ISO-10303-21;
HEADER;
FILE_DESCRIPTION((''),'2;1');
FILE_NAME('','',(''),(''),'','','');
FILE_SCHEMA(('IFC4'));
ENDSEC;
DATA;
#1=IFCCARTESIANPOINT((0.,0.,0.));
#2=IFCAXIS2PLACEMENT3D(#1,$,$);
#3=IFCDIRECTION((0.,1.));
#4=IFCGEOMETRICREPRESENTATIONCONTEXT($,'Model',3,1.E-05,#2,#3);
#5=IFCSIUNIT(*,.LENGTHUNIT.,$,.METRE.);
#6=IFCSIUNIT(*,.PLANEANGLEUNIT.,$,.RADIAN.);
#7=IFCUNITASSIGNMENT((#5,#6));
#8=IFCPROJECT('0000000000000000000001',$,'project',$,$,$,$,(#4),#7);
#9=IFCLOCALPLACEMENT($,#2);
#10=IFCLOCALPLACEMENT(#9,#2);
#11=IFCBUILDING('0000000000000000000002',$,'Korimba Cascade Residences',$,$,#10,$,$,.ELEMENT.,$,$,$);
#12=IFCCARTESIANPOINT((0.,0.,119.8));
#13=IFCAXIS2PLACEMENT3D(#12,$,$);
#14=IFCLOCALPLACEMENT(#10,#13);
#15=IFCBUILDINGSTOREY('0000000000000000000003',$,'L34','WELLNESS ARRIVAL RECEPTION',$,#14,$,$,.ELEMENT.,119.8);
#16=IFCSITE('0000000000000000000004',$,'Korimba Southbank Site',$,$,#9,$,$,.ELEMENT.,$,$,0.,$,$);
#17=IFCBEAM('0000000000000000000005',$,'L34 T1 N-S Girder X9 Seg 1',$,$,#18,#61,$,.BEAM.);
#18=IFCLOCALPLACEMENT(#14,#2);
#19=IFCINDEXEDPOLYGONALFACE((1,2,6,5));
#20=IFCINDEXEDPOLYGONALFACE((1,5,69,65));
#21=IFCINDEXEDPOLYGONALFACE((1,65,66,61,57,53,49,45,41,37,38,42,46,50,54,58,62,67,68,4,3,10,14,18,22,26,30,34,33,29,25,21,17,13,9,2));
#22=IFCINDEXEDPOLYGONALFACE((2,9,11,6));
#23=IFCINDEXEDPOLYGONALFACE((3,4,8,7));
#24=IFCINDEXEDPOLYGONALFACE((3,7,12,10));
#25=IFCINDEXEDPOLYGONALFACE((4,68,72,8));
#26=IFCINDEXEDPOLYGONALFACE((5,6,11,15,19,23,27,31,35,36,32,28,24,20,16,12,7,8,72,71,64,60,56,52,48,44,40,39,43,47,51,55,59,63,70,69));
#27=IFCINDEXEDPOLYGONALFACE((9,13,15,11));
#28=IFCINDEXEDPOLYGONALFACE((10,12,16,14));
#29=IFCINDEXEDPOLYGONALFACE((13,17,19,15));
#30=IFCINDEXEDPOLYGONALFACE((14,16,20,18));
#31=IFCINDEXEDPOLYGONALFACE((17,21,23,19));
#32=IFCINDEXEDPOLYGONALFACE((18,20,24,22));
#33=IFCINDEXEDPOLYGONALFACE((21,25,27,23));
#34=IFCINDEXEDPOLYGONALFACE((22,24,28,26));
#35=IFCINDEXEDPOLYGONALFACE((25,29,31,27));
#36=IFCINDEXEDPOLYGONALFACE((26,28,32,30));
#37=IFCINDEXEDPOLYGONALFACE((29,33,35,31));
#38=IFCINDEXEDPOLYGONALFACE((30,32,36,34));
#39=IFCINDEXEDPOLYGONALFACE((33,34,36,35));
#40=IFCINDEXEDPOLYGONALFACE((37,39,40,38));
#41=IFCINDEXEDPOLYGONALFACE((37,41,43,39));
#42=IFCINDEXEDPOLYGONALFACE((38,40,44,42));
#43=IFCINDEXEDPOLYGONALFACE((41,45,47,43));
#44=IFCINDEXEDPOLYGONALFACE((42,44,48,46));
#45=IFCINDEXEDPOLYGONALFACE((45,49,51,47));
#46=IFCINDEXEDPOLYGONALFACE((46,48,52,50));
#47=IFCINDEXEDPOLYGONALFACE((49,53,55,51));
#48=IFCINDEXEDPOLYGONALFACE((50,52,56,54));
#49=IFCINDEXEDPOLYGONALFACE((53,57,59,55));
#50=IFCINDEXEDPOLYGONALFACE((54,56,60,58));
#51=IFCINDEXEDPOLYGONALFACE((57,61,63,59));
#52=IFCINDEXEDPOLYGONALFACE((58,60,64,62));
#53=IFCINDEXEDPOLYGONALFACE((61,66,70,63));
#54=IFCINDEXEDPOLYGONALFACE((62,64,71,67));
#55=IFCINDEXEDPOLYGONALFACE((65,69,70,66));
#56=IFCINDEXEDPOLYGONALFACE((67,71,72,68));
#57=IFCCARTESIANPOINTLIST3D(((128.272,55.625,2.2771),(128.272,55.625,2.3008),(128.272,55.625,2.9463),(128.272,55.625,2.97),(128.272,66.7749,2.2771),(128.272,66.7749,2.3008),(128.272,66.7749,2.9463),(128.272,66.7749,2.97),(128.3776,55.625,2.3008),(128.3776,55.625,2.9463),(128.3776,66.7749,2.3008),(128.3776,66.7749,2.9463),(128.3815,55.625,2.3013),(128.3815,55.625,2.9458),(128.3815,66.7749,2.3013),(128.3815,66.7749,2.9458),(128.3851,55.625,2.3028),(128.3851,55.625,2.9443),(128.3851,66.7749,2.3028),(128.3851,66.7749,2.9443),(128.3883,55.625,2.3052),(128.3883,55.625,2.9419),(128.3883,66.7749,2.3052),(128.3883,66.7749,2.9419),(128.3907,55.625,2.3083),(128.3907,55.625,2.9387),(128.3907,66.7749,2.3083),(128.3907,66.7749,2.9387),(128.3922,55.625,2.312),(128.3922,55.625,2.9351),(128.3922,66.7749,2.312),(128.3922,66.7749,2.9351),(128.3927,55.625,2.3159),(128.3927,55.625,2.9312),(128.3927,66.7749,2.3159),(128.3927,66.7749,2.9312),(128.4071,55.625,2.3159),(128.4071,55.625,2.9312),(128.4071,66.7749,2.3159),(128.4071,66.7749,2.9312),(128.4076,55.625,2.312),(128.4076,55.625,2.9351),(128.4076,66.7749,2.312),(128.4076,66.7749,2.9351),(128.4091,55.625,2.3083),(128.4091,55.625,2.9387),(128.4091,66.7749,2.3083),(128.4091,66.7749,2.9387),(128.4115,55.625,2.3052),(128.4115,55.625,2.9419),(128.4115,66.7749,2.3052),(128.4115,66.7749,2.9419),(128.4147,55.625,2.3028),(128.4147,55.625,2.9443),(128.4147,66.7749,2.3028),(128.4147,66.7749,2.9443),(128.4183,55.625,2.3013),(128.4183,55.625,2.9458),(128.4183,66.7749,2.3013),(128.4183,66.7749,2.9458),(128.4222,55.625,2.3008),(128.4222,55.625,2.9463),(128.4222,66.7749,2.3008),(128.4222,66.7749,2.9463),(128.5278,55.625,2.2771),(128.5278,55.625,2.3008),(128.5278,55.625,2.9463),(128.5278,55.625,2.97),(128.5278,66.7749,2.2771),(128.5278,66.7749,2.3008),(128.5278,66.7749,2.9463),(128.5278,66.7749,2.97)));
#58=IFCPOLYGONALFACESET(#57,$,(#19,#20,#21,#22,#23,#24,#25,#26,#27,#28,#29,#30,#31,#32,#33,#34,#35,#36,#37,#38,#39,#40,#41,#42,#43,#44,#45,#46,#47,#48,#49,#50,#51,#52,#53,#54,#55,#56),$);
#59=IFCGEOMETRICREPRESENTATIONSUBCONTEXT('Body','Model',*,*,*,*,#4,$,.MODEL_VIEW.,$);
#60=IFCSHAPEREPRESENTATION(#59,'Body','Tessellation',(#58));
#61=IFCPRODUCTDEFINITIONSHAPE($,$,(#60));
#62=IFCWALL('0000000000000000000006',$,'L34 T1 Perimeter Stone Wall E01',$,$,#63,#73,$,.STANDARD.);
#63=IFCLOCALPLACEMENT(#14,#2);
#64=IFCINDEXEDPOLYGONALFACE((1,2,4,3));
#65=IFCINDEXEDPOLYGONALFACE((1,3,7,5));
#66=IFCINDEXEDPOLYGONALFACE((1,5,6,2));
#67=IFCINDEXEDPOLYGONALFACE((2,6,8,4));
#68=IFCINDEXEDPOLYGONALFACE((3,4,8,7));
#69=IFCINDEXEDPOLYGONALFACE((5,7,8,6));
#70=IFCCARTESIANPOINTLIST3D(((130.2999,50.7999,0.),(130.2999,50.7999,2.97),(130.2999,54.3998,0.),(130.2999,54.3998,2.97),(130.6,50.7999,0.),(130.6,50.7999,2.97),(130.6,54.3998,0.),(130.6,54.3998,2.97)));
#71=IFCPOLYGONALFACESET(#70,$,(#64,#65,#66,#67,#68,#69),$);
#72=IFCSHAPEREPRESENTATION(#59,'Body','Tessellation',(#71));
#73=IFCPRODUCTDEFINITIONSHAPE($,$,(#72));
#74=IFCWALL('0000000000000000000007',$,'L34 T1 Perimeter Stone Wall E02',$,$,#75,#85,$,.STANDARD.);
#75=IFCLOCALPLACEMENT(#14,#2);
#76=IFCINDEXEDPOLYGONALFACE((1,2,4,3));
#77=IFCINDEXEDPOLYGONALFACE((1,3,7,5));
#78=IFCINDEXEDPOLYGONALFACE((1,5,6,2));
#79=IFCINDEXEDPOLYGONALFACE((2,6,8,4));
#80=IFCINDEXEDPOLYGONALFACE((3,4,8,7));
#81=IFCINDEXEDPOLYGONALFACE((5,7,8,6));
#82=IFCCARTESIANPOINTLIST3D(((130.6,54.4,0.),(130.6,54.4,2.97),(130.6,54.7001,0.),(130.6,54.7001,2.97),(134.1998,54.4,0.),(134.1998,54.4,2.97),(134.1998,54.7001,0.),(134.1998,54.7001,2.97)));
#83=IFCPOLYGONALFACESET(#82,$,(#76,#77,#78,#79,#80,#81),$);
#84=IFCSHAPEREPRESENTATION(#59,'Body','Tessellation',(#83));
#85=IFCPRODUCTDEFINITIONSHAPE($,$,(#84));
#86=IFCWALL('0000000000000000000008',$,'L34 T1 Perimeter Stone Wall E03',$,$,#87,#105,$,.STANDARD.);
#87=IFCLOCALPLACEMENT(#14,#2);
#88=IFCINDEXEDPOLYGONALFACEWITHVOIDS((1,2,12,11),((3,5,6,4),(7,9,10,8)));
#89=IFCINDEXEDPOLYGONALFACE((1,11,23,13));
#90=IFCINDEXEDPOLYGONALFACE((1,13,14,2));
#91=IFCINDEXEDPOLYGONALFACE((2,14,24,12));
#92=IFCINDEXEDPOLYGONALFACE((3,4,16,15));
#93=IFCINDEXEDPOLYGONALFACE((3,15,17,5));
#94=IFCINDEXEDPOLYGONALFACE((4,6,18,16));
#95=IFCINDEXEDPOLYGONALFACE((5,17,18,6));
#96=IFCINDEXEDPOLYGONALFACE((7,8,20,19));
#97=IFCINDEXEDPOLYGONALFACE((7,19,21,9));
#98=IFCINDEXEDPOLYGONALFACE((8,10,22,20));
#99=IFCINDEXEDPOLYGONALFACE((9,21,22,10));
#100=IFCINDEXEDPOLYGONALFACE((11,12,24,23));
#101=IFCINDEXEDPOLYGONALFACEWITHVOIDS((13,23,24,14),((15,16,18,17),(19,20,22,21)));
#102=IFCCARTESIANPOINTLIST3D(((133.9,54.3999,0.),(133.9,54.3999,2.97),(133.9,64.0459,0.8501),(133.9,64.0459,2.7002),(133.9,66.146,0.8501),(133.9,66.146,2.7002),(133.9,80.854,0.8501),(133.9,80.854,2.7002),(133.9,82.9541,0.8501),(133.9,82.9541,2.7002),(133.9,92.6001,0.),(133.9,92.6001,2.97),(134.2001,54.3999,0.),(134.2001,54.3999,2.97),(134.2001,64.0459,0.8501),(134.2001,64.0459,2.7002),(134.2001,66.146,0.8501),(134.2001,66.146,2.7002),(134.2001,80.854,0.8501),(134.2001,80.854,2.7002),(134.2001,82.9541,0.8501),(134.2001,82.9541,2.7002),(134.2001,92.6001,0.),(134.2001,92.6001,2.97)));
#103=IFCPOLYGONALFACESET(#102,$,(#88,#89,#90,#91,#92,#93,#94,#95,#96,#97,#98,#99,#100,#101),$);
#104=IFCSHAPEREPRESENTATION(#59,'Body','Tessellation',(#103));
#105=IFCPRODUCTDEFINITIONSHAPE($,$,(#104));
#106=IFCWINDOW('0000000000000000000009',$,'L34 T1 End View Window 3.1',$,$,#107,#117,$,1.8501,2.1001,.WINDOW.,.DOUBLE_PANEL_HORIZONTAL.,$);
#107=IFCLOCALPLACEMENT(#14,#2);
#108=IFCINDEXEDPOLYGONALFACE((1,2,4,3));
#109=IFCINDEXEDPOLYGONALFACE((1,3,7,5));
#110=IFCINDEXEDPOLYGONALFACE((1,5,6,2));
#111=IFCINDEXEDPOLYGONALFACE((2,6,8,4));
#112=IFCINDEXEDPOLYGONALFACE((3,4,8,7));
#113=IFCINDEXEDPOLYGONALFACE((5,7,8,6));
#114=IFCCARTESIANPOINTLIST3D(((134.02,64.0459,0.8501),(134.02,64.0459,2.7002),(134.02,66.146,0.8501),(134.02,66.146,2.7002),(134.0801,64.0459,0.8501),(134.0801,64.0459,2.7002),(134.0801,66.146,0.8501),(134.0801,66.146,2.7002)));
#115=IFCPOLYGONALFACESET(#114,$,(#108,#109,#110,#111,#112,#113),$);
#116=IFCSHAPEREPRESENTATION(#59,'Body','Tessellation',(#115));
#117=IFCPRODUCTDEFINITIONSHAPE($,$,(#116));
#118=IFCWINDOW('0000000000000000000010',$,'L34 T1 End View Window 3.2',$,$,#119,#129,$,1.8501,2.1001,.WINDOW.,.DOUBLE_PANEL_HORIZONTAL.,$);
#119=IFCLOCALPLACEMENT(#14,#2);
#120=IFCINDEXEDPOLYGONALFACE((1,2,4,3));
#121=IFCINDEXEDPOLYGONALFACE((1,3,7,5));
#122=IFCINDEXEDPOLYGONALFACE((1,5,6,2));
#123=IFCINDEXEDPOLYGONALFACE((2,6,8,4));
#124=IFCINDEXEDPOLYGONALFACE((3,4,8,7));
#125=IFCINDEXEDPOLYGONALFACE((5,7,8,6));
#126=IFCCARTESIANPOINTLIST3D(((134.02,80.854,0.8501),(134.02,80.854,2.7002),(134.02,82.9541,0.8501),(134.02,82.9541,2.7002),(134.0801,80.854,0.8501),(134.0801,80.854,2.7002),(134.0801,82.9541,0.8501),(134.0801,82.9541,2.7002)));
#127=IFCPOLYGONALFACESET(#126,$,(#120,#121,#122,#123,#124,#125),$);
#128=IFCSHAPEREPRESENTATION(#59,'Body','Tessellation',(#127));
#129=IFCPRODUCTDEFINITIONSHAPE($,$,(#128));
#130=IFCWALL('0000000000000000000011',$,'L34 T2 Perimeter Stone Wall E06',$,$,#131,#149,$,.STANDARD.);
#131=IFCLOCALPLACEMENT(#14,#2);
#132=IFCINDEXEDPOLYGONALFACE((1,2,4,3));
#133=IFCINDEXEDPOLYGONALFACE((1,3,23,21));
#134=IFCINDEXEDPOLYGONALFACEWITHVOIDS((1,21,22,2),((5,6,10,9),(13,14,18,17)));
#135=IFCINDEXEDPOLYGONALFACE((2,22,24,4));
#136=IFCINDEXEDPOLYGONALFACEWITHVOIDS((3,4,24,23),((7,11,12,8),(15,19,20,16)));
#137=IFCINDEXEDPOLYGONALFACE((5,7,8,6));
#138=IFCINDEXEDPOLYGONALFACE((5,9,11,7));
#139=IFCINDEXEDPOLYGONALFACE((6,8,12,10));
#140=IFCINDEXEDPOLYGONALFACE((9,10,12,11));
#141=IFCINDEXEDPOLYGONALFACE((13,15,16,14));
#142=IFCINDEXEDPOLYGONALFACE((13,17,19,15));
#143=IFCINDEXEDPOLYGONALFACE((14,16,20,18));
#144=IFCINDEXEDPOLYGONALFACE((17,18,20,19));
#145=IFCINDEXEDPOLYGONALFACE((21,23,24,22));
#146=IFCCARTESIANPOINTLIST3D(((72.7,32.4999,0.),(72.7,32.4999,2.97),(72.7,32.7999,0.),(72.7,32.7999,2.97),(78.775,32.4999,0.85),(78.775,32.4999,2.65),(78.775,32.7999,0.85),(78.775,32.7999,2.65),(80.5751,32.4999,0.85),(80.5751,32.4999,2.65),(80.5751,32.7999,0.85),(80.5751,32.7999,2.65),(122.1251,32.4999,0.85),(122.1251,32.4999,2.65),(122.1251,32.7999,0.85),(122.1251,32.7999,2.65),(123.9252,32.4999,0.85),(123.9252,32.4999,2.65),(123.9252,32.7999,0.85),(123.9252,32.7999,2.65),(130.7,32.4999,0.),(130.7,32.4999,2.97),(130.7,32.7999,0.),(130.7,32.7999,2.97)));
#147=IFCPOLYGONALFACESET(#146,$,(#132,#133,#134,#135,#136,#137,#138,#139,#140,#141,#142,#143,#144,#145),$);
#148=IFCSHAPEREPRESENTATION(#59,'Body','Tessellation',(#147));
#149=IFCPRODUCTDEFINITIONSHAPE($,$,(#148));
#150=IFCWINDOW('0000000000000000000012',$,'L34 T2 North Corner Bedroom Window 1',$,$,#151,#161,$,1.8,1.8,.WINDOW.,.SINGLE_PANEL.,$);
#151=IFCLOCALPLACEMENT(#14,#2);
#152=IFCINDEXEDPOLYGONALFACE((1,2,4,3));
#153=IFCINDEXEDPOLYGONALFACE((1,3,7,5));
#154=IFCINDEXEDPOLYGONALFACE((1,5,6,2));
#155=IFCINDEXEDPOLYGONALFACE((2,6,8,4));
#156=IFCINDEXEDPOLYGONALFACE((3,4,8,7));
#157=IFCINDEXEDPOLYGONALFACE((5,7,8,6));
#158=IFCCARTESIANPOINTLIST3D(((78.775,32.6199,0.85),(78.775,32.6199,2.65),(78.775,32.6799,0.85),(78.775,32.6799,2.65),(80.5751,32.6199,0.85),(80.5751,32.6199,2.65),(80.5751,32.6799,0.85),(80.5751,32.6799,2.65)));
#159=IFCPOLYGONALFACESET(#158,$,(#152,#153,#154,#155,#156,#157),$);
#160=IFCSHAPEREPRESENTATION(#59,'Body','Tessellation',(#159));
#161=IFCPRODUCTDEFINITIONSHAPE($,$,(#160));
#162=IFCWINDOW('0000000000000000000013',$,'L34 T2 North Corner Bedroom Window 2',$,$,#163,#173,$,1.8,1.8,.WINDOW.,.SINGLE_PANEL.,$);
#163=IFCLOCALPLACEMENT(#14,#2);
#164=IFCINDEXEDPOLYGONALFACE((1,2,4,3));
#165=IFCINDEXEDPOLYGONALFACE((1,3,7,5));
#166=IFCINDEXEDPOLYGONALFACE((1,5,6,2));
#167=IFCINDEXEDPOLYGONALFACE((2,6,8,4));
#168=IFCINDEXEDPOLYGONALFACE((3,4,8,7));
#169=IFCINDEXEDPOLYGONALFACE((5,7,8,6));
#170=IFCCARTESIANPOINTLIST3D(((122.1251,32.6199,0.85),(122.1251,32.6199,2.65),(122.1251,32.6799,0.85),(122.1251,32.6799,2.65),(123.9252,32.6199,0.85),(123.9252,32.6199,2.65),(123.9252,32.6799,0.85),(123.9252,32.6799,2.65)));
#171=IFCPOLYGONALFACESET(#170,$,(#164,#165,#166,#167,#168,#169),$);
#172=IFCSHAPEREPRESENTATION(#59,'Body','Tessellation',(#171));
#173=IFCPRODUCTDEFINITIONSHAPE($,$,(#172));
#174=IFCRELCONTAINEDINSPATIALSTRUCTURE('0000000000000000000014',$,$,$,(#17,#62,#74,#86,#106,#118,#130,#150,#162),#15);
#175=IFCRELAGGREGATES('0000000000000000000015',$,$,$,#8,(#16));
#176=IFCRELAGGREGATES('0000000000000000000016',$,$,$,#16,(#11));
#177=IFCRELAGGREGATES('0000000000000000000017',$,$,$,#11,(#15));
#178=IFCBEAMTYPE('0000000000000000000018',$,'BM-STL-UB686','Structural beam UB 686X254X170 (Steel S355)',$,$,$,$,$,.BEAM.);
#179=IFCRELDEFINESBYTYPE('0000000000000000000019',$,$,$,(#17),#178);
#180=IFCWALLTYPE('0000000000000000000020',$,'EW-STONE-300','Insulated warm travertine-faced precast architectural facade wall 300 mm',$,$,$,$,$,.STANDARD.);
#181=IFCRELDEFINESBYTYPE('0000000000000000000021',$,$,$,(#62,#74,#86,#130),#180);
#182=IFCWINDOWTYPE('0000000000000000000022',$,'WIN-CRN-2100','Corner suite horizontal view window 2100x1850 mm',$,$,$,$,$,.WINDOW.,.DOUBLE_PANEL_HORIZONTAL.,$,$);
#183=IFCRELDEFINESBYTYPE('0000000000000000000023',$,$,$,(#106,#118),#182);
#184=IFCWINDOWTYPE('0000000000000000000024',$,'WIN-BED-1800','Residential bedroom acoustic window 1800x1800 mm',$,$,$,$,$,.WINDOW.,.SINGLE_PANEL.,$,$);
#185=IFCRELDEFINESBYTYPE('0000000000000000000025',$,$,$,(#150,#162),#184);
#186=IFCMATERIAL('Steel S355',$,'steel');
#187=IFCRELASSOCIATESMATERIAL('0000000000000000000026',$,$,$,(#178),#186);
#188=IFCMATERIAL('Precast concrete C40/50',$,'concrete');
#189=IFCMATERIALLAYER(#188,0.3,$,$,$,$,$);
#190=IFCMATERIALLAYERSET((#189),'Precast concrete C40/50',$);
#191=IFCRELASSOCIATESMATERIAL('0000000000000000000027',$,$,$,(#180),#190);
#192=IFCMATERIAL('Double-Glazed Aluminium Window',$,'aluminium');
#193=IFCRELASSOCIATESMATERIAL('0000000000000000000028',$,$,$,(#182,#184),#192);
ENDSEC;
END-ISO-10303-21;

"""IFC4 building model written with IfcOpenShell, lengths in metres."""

from ifc_helpers import new_model, si_unit, direction, frame, frame_2d, origin, origin_2d, place, context, subcontext, project, spatial, rectangle, i_section, extrude, material, layer, layer_set, material_profile, profile_set, type_object, element, fill, save


model = new_model("IFC4")

# Units and contexts
model_context = context("Model", 3, precision=1e-05, world=origin(), true_north=direction((0.0, 1.0)))
body_context = subcontext(model_context, "Body", "Model", "MODEL_VIEW")
ifc_project = project(units=[si_unit("LENGTHUNIT", "METRE"), si_unit("PLANEANGLEUNIT", "RADIAN")], contexts=[model_context])

# Site, building, storey
site_placement = place(None, origin())
site = spatial("IfcSite", under=ifc_project, at=site_placement, Name="Korimba Southbank Site", CompositionType="ELEMENT", RefElevation=0.0)
building_placement = place(site_placement, origin())
building = spatial("IfcBuilding", under=site, at=building_placement, Name="Korimba Cascade Residences", CompositionType="ELEMENT")
storey_placement = place(building_placement, frame((0.0, 0.0, 119.8)))
storey = spatial("IfcBuildingStorey", under=building, at=storey_placement, Name="L34", Description="WELLNESS ARRIVAL RECEPTION", CompositionType="ELEMENT", Elevation=119.8)

# Beam
ifc_material_1 = material(Name="Steel S355", Category="steel")
ifc_material_profile_1 = material_profile(ifc_material_1, i_section(OverallWidth=0.2559, OverallDepth=0.6929, WebThickness=0.0144, FlangeThickness=0.0237, FilletRadius=0.0151, at=origin_2d()), Name="Steel S355")
ifc_profile_set_1 = profile_set([ifc_material_profile_1], Name="Steel S355")
beam_type_1 = type_object("IfcBeamType", Name="BM-STL-UB686", Description="Structural beam UB 686X254X170 (Steel S355)", PredefinedType="BEAM", material=ifc_profile_set_1)
for number, where, z_axis, x_axis, name in (
    (1, (128.3999, 55.625, 2.6235), (0.0, 1.0, 0.0), (-1.0, 0.0, 0.0), "L34 T1 N-S Girder X9 Seg 1"),
):
    element("IfcBeam", number, at=place(storey_placement, frame(where, z_axis=z_axis, x_axis=x_axis)), inside=storey, type_object=beam_type_1, Name=name, PredefinedType="BEAM", context=body_context, shape_type="SweptSolid", body=[
        extrude(i_section(OverallWidth=0.2559, OverallDepth=0.6929, WebThickness=0.0144, FlangeThickness=0.0237, FilletRadius=0.0151, at=origin_2d()), origin(), (0.0, 0.0, 1.0), 11.1499),
    ])

# Walls
ifc_material_2 = material(Name="Precast concrete C40/50", Category="concrete")
ifc_layer_1 = layer(ifc_material_2, 0.3)
ifc_layer_set_1 = layer_set([ifc_layer_1], Name="Precast concrete C40/50")
wall_type_1 = type_object("IfcWallType", Name="EW-STONE-300", Description="Insulated warm travertine-faced precast architectural facade wall 300 mm", PredefinedType="STANDARD", material=ifc_layer_set_1)
for number, where, z_axis, x_axis, name in (
    (2, (130.45, 50.8, 0.0), (0.0, 0.0, 1.0), (0.0, 1.0, 0.0), "L34 T1 Perimeter Stone Wall E01"),
    (3, (130.6001, 54.55, 0.0), (0.0, 0.0, 1.0), (1.0, 0.0, 0.0), "L34 T1 Perimeter Stone Wall E02"),
):
    element("IfcWall", number, at=place(storey_placement, frame(where, z_axis=z_axis, x_axis=x_axis)), inside=storey, type_object=wall_type_1, Name=name, PredefinedType="STANDARD", context=body_context, shape_type="SweptSolid", body=[
        extrude(rectangle(XDim=3.5999, YDim=0.3, at=frame_2d((1.7998, 0.0))), origin(), (0.0, 0.0, 1.0), 2.97),
    ])

# Walls, openings, windows
wall_1_placement = place(storey_placement, frame((134.05, 54.3999, 0.0), z_axis=(0.0, 0.0, 1.0), x_axis=(0.0, 1.0, 0.0)))
wall_1 = element("IfcWall", 4, at=wall_1_placement, inside=storey, type_object=wall_type_1, Name="L34 T1 Perimeter Stone Wall E03", PredefinedType="STANDARD", context=body_context, shape_type="SweptSolid", body=[
    extrude(rectangle(XDim=38.2002, YDim=0.3, at=frame_2d((19.1001, 0.0))), origin(), (0.0, 0.0, 1.0), 2.97),
])
opening_1_placement = place(wall_1_placement, frame((9.646, 0.0, 0.8501)))
opening_1 = element("IfcOpeningElement", 5, at=opening_1_placement, cuts=wall_1, PredefinedType="OPENING", context=body_context, shape_type="SweptSolid", body=[
    extrude(rectangle(XDim=2.1001, YDim=1.8501, at=frame_2d((1.05, 0.925))), frame((0.0, 0.1602, 0.0), z_axis=(0.0, -1.0, 0.0), x_axis=(1.0, 0.0, 0.0)), (0.0, 0.0, 1.0), 0.3201),
])
opening_2_placement = place(wall_1_placement, frame((26.4541, 0.0, 0.8501)))
opening_2 = element("IfcOpeningElement", 6, at=opening_2_placement, cuts=wall_1, PredefinedType="OPENING", context=body_context, shape_type="SweptSolid", body=[
    extrude(rectangle(XDim=2.1001, YDim=1.8501, at=frame_2d((1.05, 0.925))), frame((0.0, 0.1602, 0.0), z_axis=(0.0, -1.0, 0.0), x_axis=(1.0, 0.0, 0.0)), (0.0, 0.0, 1.0), 0.3201),
])
ifc_material_3 = material(Name="Double-Glazed Aluminium Window", Category="aluminium")
window_type_1 = type_object("IfcWindowType", Name="WIN-CRN-2100", Description="Corner suite horizontal view window 2100x1850 mm", PartitioningType="DOUBLE_PANEL_HORIZONTAL", PredefinedType="WINDOW", material=ifc_material_3)
window_1_placement = place(opening_1_placement, origin())
window_1 = element("IfcWindow", 7, at=window_1_placement, inside=storey, type_object=window_type_1, Name="L34 T1 End View Window 3.1", OverallHeight=1.8501, OverallWidth=2.1001, PartitioningType="DOUBLE_PANEL_HORIZONTAL", PredefinedType="WINDOW", context=body_context, shape_type="SweptSolid", body=[
    extrude(rectangle(XDim=2.1001, YDim=1.8501, at=frame_2d((1.05, 0.925))), frame((0.0, 0.03, 0.0), z_axis=(0.0, -1.0, 0.0), x_axis=(1.0, 0.0, 0.0)), (0.0, 0.0, 1.0), 0.0601),
])
fill(opening_1, window_1)
window_2_placement = place(opening_2_placement, origin())
window_2 = element("IfcWindow", 8, at=window_2_placement, inside=storey, type_object=window_type_1, Name="L34 T1 End View Window 3.2", OverallHeight=1.8501, OverallWidth=2.1001, PartitioningType="DOUBLE_PANEL_HORIZONTAL", PredefinedType="WINDOW", context=body_context, shape_type="SweptSolid", body=[
    extrude(rectangle(XDim=2.1001, YDim=1.8501, at=frame_2d((1.05, 0.925))), frame((0.0, 0.03, 0.0), z_axis=(0.0, -1.0, 0.0), x_axis=(1.0, 0.0, 0.0)), (0.0, 0.0, 1.0), 0.0601),
])
fill(opening_2, window_2)
wall_2_placement = place(storey_placement, frame((130.7, 32.6499, 0.0), z_axis=(0.0, 0.0, 1.0), x_axis=(-1.0, 0.0, 0.0)))
wall_2 = element("IfcWall", 9, at=wall_2_placement, inside=storey, type_object=wall_type_1, Name="L34 T2 Perimeter Stone Wall E06", PredefinedType="STANDARD", context=body_context, shape_type="SweptSolid", body=[
    extrude(rectangle(XDim=58.0, YDim=0.3, at=frame_2d((29.0, 0.0))), origin(), (0.0, 0.0, 1.0), 2.97),
])
opening_3_placement = place(wall_2_placement, frame((50.125, 0.0, 0.8501)))
opening_3 = element("IfcOpeningElement", 10, at=opening_3_placement, cuts=wall_2, PredefinedType="OPENING", context=body_context, shape_type="SweptSolid", body=[
    extrude(rectangle(XDim=1.8, YDim=1.8, at=frame_2d((0.8999, 0.8999))), frame((0.0, 0.1602, 0.0), z_axis=(0.0, -1.0, 0.0), x_axis=(1.0, 0.0, 0.0)), (0.0, 0.0, 1.0), 0.3201),
])
opening_4_placement = place(wall_2_placement, frame((6.7749, 0.0, 0.8501)))
opening_4 = element("IfcOpeningElement", 11, at=opening_4_placement, cuts=wall_2, PredefinedType="OPENING", context=body_context, shape_type="SweptSolid", body=[
    extrude(rectangle(XDim=1.8, YDim=1.8, at=frame_2d((0.8999, 0.8999))), frame((0.0, 0.1602, 0.0), z_axis=(0.0, -1.0, 0.0), x_axis=(1.0, 0.0, 0.0)), (0.0, 0.0, 1.0), 0.3201),
])
window_type_2 = type_object("IfcWindowType", Name="WIN-BED-1800", Description="Residential bedroom acoustic window 1800x1800 mm", PartitioningType="SINGLE_PANEL", PredefinedType="WINDOW", material=ifc_material_3)
window_3_placement = place(opening_3_placement, origin())
window_3 = element("IfcWindow", 12, at=window_3_placement, inside=storey, type_object=window_type_2, Name="L34 T2 North Corner Bedroom Window 1", OverallHeight=1.8, OverallWidth=1.8, PartitioningType="SINGLE_PANEL", PredefinedType="WINDOW", context=body_context, shape_type="SweptSolid", body=[
    extrude(rectangle(XDim=1.8, YDim=1.8, at=frame_2d((0.8999, 0.8999))), frame((0.0, 0.03, 0.0), z_axis=(0.0, -1.0, 0.0), x_axis=(1.0, 0.0, 0.0)), (0.0, 0.0, 1.0), 0.0601),
])
fill(opening_3, window_3)
window_4_placement = place(opening_4_placement, origin())
window_4 = element("IfcWindow", 13, at=window_4_placement, inside=storey, type_object=window_type_2, Name="L34 T2 North Corner Bedroom Window 2", OverallHeight=1.8, OverallWidth=1.8, PartitioningType="SINGLE_PANEL", PredefinedType="WINDOW", context=body_context, shape_type="SweptSolid", body=[
    extrude(rectangle(XDim=1.8, YDim=1.8, at=frame_2d((0.8999, 0.8999))), frame((0.0, 0.03, 0.0), z_axis=(0.0, -1.0, 0.0), x_axis=(1.0, 0.0, 0.0)), (0.0, 0.0, 1.0), 0.0601),
])
fill(opening_4, window_4)

save(model, "model.ifc")
